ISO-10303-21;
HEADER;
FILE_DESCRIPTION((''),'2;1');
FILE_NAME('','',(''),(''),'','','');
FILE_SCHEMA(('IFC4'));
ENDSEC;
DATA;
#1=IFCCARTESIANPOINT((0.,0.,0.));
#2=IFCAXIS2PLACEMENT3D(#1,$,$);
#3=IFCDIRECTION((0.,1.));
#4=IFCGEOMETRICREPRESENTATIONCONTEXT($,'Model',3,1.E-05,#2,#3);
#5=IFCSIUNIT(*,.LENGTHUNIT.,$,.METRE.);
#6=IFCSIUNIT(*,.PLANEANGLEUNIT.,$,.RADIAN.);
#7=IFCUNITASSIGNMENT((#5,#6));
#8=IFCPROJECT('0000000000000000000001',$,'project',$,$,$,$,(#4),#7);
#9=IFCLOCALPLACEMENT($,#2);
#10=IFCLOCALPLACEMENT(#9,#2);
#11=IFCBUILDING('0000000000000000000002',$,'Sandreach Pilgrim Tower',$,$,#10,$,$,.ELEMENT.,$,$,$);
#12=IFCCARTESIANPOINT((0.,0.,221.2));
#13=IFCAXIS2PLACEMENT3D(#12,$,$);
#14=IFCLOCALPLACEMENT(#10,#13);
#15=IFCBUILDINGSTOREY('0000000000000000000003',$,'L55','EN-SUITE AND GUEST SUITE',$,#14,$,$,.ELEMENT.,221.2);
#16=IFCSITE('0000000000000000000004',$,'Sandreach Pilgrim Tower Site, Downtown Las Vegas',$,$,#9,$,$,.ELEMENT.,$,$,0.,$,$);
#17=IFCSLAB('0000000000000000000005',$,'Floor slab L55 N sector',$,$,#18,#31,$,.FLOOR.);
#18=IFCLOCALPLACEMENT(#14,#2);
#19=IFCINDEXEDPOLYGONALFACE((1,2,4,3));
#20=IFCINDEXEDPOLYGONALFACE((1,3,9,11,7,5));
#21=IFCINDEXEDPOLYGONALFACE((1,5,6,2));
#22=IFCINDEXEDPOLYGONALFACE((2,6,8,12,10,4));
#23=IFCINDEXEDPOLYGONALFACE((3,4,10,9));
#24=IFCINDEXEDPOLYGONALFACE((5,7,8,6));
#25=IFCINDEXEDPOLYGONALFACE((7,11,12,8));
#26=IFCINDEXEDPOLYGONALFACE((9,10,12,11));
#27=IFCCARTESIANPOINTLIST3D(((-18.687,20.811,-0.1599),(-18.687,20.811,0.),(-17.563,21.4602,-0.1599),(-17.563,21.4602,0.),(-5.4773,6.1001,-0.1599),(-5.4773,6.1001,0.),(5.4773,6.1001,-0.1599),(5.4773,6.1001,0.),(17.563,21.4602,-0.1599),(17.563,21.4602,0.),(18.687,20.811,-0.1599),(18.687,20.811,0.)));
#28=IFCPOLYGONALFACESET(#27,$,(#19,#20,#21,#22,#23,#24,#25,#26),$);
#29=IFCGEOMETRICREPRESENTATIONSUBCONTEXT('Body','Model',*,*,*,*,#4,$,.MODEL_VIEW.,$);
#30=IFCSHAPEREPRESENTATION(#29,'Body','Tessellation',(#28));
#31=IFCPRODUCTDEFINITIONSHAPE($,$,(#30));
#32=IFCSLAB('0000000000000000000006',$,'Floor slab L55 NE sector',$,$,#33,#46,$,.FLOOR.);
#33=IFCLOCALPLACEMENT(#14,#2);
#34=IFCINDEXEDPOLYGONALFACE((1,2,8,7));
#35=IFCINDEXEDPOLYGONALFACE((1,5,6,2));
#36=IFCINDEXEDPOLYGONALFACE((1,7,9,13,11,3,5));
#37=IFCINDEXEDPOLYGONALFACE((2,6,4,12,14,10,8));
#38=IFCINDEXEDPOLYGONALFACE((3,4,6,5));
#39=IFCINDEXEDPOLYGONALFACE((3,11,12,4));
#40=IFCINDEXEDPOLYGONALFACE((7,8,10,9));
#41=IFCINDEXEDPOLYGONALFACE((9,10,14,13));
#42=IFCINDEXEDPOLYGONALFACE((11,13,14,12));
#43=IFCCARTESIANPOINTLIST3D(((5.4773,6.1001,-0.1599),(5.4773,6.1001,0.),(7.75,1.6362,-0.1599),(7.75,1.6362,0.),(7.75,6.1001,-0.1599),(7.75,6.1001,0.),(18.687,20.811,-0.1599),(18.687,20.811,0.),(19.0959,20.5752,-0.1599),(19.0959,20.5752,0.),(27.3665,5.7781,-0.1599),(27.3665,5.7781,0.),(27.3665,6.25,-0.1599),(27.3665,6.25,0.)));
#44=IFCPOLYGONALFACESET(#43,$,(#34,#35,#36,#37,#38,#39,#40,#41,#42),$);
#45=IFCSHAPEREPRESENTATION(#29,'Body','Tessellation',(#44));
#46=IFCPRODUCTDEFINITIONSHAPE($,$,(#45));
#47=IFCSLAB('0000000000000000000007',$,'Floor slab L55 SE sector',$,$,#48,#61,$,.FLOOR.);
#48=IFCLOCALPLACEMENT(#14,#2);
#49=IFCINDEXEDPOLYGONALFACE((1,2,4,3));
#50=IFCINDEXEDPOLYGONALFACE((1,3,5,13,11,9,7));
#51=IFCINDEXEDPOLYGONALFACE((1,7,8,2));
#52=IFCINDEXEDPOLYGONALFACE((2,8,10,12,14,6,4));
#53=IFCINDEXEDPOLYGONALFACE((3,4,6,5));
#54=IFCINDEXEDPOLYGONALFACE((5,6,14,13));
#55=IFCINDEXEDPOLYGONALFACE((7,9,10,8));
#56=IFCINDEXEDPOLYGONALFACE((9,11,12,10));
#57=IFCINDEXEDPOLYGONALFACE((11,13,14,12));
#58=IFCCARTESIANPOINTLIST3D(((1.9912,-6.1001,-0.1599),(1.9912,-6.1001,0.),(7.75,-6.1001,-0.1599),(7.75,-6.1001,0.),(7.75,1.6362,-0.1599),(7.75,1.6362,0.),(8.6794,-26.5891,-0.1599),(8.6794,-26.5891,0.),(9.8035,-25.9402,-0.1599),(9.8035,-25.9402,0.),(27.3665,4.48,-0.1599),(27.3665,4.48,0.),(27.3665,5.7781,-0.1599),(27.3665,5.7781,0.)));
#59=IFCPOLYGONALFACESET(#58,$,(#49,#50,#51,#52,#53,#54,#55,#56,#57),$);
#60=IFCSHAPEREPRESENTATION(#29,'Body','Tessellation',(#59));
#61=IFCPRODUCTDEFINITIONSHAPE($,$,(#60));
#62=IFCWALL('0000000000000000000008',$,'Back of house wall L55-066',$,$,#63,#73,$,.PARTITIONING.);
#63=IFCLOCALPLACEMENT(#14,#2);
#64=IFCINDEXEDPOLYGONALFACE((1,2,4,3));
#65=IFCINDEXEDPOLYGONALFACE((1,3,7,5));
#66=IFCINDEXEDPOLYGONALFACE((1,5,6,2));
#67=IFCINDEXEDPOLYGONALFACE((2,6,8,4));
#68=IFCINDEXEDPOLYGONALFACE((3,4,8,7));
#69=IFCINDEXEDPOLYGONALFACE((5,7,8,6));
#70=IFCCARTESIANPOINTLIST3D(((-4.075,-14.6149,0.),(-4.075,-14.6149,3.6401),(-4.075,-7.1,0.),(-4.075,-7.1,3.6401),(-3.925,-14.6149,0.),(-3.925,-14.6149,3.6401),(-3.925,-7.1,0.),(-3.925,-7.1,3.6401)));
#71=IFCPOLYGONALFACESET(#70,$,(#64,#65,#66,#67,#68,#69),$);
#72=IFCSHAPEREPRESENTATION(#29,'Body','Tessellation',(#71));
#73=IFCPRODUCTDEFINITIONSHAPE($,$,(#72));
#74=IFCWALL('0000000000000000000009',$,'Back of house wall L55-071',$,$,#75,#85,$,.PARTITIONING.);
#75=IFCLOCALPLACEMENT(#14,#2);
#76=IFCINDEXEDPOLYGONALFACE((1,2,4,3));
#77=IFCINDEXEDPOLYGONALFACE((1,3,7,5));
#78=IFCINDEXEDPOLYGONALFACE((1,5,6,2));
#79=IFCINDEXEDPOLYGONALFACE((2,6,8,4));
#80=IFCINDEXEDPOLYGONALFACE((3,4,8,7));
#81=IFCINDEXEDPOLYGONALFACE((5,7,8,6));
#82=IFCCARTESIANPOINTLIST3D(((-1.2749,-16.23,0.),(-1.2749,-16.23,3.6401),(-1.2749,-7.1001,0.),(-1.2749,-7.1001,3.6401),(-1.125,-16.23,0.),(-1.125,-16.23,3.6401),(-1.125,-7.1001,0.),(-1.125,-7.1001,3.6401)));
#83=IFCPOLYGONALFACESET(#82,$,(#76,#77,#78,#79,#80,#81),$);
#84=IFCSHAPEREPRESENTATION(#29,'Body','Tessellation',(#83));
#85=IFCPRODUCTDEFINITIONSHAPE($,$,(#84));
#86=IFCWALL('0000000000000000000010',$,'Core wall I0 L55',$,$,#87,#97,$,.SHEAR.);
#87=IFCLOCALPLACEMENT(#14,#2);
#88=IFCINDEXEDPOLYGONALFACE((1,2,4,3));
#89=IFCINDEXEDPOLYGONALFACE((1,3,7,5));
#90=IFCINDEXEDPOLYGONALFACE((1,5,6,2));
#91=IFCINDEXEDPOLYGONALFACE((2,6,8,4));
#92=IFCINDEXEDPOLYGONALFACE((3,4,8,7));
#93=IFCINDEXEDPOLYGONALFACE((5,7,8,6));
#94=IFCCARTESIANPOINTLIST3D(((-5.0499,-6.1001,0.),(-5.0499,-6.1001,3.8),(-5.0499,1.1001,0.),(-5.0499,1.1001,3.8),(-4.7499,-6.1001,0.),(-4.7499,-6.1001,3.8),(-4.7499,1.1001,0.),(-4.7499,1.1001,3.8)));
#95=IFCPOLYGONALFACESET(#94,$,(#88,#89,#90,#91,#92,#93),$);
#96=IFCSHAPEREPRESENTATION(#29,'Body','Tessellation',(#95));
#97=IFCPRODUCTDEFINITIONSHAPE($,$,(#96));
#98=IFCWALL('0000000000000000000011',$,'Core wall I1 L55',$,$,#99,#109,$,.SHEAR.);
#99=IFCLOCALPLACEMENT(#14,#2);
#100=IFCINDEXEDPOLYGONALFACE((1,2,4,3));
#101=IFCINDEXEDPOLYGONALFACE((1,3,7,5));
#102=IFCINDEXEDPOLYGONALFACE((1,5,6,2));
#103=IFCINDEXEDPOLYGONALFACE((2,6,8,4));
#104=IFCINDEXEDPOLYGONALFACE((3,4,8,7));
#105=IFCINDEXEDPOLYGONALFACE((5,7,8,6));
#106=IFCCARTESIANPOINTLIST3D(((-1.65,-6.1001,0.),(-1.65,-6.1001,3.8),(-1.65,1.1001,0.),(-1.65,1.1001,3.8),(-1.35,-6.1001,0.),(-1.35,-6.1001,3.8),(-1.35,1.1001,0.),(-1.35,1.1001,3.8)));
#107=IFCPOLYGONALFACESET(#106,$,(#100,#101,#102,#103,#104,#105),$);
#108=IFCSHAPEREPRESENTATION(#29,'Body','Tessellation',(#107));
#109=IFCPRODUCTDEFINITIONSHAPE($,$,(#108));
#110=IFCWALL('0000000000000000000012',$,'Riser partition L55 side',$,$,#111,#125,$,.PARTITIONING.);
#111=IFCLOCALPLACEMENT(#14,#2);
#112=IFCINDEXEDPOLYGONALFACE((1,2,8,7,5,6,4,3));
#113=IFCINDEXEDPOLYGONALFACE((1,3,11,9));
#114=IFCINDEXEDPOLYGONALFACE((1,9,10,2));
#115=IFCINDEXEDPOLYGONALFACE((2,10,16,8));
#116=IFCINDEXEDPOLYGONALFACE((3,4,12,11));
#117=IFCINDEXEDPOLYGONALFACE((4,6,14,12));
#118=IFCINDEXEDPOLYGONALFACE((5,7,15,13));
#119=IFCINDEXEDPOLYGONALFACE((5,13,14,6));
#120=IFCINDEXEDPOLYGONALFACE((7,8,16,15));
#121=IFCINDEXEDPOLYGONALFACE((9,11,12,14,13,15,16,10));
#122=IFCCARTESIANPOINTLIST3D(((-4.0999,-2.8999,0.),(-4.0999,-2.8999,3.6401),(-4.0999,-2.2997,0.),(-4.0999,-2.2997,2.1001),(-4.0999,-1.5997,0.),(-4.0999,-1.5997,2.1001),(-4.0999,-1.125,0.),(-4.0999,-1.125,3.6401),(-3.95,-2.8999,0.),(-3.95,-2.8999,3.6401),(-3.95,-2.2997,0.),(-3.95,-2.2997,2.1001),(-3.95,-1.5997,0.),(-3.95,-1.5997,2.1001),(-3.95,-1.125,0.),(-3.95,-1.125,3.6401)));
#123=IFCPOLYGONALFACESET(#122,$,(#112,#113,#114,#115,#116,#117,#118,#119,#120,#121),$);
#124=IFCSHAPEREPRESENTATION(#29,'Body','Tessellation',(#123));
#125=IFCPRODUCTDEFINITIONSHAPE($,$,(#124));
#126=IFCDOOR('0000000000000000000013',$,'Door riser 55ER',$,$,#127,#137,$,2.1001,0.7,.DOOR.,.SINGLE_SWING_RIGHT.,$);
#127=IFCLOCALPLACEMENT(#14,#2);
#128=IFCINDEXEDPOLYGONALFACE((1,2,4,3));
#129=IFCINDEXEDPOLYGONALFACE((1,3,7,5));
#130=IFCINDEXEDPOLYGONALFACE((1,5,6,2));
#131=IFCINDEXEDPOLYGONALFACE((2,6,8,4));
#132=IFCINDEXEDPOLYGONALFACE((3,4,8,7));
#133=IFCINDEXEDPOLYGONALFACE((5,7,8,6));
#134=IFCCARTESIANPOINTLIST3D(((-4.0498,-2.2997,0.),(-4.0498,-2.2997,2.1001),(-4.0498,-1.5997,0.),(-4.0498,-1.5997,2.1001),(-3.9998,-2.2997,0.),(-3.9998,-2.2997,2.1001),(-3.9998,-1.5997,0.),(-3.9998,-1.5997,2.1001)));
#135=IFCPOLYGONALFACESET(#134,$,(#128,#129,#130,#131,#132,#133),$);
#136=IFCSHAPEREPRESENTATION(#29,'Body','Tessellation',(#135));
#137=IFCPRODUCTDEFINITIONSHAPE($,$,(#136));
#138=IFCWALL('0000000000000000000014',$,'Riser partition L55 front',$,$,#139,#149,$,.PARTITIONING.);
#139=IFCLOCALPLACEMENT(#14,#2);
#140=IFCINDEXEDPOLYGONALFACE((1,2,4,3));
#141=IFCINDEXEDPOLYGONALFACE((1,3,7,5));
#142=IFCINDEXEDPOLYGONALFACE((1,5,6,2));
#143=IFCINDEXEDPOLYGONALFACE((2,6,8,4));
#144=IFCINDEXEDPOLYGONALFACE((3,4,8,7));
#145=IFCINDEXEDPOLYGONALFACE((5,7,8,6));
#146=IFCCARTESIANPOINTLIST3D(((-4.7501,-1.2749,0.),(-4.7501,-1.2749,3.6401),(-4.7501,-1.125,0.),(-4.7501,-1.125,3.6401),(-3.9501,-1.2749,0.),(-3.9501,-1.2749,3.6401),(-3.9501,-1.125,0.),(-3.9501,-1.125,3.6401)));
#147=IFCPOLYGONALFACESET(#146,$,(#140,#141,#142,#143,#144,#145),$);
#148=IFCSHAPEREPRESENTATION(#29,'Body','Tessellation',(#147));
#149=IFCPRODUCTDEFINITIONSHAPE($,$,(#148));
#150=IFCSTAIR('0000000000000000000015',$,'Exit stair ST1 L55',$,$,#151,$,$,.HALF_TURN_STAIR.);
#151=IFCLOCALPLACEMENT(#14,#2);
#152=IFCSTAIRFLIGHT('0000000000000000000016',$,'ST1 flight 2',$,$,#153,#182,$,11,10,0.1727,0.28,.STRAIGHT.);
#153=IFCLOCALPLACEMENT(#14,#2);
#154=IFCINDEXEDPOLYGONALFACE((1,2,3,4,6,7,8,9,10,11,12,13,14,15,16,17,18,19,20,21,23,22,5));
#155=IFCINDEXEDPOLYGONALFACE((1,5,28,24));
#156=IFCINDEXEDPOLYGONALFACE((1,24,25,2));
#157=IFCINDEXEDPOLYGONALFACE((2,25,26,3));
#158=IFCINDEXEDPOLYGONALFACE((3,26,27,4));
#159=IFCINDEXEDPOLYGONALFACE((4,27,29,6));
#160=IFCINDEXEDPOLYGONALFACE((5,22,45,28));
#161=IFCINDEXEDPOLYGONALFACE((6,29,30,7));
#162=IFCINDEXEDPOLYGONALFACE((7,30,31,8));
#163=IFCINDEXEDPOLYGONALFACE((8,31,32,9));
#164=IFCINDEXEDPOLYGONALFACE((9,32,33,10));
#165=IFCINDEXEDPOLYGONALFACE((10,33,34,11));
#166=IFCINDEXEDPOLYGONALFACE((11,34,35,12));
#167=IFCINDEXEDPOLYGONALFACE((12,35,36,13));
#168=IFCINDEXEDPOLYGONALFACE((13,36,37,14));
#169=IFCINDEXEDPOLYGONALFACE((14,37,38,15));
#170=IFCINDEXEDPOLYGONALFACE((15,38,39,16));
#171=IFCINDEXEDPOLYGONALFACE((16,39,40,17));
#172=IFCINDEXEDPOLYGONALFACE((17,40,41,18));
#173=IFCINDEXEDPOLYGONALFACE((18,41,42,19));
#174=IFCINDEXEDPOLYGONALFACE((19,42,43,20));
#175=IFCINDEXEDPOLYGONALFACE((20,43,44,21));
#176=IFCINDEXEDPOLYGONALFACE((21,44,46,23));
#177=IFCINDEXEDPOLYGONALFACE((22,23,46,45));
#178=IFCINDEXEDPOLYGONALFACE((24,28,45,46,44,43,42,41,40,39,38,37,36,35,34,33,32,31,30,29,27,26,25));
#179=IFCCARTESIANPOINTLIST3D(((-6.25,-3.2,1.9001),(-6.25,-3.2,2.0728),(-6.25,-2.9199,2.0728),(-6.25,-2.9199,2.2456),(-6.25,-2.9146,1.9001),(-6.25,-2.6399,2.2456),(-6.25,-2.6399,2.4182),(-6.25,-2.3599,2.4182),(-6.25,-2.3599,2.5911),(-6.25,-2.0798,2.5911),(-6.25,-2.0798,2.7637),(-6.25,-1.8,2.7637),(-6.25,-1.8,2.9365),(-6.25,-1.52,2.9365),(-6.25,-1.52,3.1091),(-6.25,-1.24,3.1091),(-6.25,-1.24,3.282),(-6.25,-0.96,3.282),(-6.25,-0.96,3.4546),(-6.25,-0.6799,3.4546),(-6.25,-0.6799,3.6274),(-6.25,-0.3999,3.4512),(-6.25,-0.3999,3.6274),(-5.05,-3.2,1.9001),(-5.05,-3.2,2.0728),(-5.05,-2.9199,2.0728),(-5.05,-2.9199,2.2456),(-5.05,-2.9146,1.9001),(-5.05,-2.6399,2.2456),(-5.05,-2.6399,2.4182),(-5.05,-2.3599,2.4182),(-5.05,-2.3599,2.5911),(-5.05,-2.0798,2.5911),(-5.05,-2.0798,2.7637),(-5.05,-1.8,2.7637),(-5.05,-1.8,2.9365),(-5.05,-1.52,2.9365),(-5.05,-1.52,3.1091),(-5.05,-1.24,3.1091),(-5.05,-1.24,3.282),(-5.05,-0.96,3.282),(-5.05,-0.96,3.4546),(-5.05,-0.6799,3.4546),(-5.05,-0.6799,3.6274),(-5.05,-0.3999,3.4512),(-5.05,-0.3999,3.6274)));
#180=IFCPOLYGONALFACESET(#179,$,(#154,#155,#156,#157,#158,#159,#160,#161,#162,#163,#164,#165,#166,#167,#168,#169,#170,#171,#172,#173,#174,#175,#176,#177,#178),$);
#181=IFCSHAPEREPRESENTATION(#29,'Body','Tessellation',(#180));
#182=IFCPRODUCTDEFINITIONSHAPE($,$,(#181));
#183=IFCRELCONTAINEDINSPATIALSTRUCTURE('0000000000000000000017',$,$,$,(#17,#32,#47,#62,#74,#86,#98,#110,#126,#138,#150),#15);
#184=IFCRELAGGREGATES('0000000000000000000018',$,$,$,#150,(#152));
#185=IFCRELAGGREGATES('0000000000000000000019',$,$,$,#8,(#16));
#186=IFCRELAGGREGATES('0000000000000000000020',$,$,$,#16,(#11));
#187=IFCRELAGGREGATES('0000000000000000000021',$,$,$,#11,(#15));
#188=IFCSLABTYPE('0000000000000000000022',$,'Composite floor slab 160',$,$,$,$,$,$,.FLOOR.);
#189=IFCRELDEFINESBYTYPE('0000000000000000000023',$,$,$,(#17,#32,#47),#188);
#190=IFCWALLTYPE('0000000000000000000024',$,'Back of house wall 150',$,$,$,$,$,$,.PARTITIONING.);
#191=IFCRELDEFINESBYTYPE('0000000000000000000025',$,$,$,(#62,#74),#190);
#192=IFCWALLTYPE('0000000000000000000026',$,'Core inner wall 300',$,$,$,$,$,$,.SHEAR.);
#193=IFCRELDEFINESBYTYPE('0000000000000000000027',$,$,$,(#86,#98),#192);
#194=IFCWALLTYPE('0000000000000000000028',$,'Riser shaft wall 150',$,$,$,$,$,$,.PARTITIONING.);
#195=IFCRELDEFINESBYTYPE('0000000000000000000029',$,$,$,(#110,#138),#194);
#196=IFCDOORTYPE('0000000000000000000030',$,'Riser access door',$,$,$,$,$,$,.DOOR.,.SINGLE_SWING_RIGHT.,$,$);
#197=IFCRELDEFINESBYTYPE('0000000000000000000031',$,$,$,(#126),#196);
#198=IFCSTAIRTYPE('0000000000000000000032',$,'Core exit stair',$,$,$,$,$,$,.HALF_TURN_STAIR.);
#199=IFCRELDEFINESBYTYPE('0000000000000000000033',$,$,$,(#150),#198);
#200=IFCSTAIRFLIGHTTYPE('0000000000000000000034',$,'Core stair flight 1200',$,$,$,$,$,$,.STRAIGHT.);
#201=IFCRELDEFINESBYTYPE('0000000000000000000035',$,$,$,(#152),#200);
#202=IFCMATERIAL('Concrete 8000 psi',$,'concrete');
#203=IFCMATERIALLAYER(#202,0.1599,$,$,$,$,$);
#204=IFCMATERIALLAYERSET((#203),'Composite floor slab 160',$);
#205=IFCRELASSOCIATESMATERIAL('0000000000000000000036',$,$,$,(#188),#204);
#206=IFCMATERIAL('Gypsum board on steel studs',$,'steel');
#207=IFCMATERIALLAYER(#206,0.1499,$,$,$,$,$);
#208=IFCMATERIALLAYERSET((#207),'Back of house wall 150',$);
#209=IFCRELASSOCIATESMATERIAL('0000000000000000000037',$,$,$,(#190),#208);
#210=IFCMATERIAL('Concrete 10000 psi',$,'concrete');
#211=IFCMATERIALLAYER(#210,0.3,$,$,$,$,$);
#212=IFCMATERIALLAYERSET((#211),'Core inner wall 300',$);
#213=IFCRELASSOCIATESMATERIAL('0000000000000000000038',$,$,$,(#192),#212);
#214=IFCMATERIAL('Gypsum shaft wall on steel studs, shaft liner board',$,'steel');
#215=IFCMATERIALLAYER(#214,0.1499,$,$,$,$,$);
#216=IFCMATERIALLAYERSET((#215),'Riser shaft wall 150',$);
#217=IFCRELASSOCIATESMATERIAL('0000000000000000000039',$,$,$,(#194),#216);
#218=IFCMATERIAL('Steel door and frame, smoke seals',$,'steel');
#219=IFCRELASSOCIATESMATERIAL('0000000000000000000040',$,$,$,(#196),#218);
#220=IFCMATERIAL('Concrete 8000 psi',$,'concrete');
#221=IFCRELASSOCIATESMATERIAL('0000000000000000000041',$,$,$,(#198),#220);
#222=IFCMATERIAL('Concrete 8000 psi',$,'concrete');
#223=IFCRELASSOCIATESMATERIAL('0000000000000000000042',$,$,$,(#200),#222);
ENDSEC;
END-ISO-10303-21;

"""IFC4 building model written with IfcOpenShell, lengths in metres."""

from ifc_helpers import new_model, si_unit, direction, frame, frame_2d, origin, place, context, subcontext, project, spatial, polyline, rectangle, outline, extrude, material, layer, layer_set, type_object, element, fill, aggregate, save


model = new_model("IFC4")

# Units and contexts
model_context = context("Model", 3, precision=1e-05, world=origin(), true_north=direction((0.0, 1.0)))
body_context = subcontext(model_context, "Body", "Model", "MODEL_VIEW")
ifc_project = project(units=[si_unit("LENGTHUNIT", "METRE"), si_unit("PLANEANGLEUNIT", "RADIAN")], contexts=[model_context])

# Site, building, storey
site_placement = place(None, origin())
site = spatial("IfcSite", under=ifc_project, at=site_placement, Name="Sandreach Pilgrim Tower Site, Downtown Las Vegas", CompositionType="ELEMENT", RefElevation=0.0)
building_placement = place(site_placement, origin())
building = spatial("IfcBuilding", under=site, at=building_placement, Name="Sandreach Pilgrim Tower", CompositionType="ELEMENT")
storey_placement = place(building_placement, frame((0.0, 0.0, 221.2)))
storey = spatial("IfcBuildingStorey", under=building, at=storey_placement, Name="L55", Description="EN-SUITE AND GUEST SUITE", CompositionType="ELEMENT", Elevation=221.2)

# Slabs
ifc_material_1 = material(Name="Concrete 8000 psi", Category="concrete")
ifc_layer_1 = layer(ifc_material_1, 0.1599)
ifc_layer_set_1 = layer_set([ifc_layer_1], Name="Composite floor slab 160")
slab_type = type_object("IfcSlabType", Name="Composite floor slab 160", PredefinedType="FLOOR", material=ifc_layer_set_1)
slab_1_placement = place(storey_placement, frame((0.0, 0.0, -0.1599)))
element("IfcSlab", 1, at=slab_1_placement, inside=storey, type_object=slab_type, Name="Floor slab L55 N sector", PredefinedType="FLOOR", context=body_context, shape_type="SweptSolid", body=[
    extrude(outline(polyline([(-17.563, 21.4602), (17.563, 21.4602), (18.687, 20.811), (5.4773, 6.1001), (-5.4773, 6.1001), (-18.687, 20.811), (-17.563, 21.4602)])), origin(), (0.0, 0.0, 1.0), 0.1599),
])
slab_2_placement = place(storey_placement, frame((0.0, 0.0, -0.1599)))
element("IfcSlab", 2, at=slab_2_placement, inside=storey, type_object=slab_type, Name="Floor slab L55 NE sector", PredefinedType="FLOOR", context=body_context, shape_type="SweptSolid", body=[
    extrude(outline(polyline([(19.0959, 20.5752), (27.3665, 6.25), (27.3665, 5.7781), (7.75, 1.6362), (7.75, 6.1001), (5.4773, 6.1001), (18.687, 20.811), (19.0959, 20.5752)])), origin(), (0.0, 0.0, 1.0), 0.1599),
])
slab_3_placement = place(storey_placement, frame((0.0, 0.0, -0.1599)))
element("IfcSlab", 3, at=slab_3_placement, inside=storey, type_object=slab_type, Name="Floor slab L55 SE sector", PredefinedType="FLOOR", context=body_context, shape_type="SweptSolid", body=[
    extrude(outline(polyline([(27.3665, 4.48), (9.8035, -25.9402), (8.6794, -26.5891), (1.9912, -6.1001), (7.75, -6.1001), (7.75, 1.6362), (27.3665, 5.7781), (27.3665, 4.48)])), origin(), (0.0, 0.0, 1.0), 0.1599),
])

# Walls
ifc_material_2 = material(Name="Gypsum board on steel studs", Category="steel")
ifc_layer_2 = layer(ifc_material_2, 0.1499)
ifc_layer_set_2 = layer_set([ifc_layer_2], Name="Back of house wall 150")
wall_type_1 = type_object("IfcWallType", Name="Back of house wall 150", PredefinedType="PARTITIONING", material=ifc_layer_set_2)
wall_1_placement = place(storey_placement, frame((-4.0, -7.1001, 0.0), z_axis=(0.0, 0.0, 1.0), x_axis=(0.0, -1.0, 0.0)))
element("IfcWall", 4, at=wall_1_placement, inside=storey, type_object=wall_type_1, Name="Back of house wall L55-066", PredefinedType="PARTITIONING", context=body_context, shape_type="SweptSolid", body=[
    extrude(rectangle(XDim=7.5149, YDim=0.1499, at=frame_2d((3.7573, 0.0))), origin(), (0.0, 0.0, 1.0), 3.6401),
])
wall_2_placement = place(storey_placement, frame((-1.2, -7.1001, 0.0), z_axis=(0.0, 0.0, 1.0), x_axis=(0.0, -1.0, 0.0)))
element("IfcWall", 5, at=wall_2_placement, inside=storey, type_object=wall_type_1, Name="Back of house wall L55-071", PredefinedType="PARTITIONING", context=body_context, shape_type="SweptSolid", body=[
    extrude(rectangle(XDim=9.1299, YDim=0.1499, at=frame_2d((4.5649, 0.0))), origin(), (0.0, 0.0, 1.0), 3.6401),
])
ifc_material_3 = material(Name="Concrete 10000 psi", Category="concrete")
ifc_layer_3 = layer(ifc_material_3, 0.3)
ifc_layer_set_3 = layer_set([ifc_layer_3], Name="Core inner wall 300")
wall_type_2 = type_object("IfcWallType", Name="Core inner wall 300", PredefinedType="SHEAR", material=ifc_layer_set_3)
for number, where, z_axis, x_axis, name in (
    (6, (-4.8999, -6.1001, 0.0), (0.0, 0.0, 1.0), (0.0, 1.0, 0.0), "Core wall I0 L55"),
    (7, (-1.5, -6.1001, 0.0), (0.0, 0.0, 1.0), (0.0, 1.0, 0.0), "Core wall I1 L55"),
):
    element("IfcWall", number, at=place(storey_placement, frame(where, z_axis=z_axis, x_axis=x_axis)), inside=storey, type_object=wall_type_2, Name=name, PredefinedType="SHEAR", context=body_context, shape_type="SweptSolid", body=[
        extrude(rectangle(XDim=7.2002, YDim=0.3, at=frame_2d((3.6001, 0.0))), origin(), (0.0, 0.0, 1.0), 3.8),
    ])

# Wall, opening, door
ifc_material_4 = material(Name="Gypsum shaft wall on steel studs, shaft liner board", Category="steel")
ifc_layer_4 = layer(ifc_material_4, 0.1499)
ifc_layer_set_4 = layer_set([ifc_layer_4], Name="Riser shaft wall 150")
wall_type_3 = type_object("IfcWallType", Name="Riser shaft wall 150", PredefinedType="PARTITIONING", material=ifc_layer_set_4)
wall_3_placement = place(storey_placement, frame((-4.0249, -2.8999, 0.0), z_axis=(0.0, 0.0, 1.0), x_axis=(0.0, 1.0, 0.0)))
wall_3 = element("IfcWall", 8, at=wall_3_placement, inside=storey, type_object=wall_type_3, Name="Riser partition L55 side", PredefinedType="PARTITIONING", context=body_context, shape_type="SweptSolid", body=[
    extrude(rectangle(XDim=1.7749, YDim=0.1499, at=frame_2d((0.8875, 0.0))), origin(), (0.0, 0.0, 1.0), 3.6401),
])
opening_1_placement = place(wall_3_placement, frame((0.6001, 0.0, 0.0)))
opening_1 = element("IfcOpeningElement", 9, at=opening_1_placement, cuts=wall_3, PredefinedType="OPENING", context=body_context, shape_type="SweptSolid", body=[
    extrude(rectangle(XDim=0.7, YDim=2.1001, at=frame_2d((0.3501, 1.05))), frame((0.0, 0.075, 0.0), z_axis=(0.0, -1.0, 0.0), x_axis=(1.0, 0.0, 0.0)), (0.0, 0.0, 1.0), 0.1499),
])
ifc_material_5 = material(Name="Steel door and frame, smoke seals", Category="steel")
door_type_1 = type_object("IfcDoorType", Name="Riser access door", OperationType="SINGLE_SWING_RIGHT", PredefinedType="DOOR", material=ifc_material_5)
door_1_placement = place(opening_1_placement, origin())
door_1 = element("IfcDoor", 10, at=door_1_placement, inside=storey, type_object=door_type_1, Name="Door riser 55ER", OperationType="SINGLE_SWING_RIGHT", OverallHeight=2.1001, OverallWidth=0.7, PredefinedType="DOOR", context=body_context, shape_type="SweptSolid", body=[
    extrude(rectangle(XDim=0.7, YDim=2.1001, at=frame_2d((0.3501, 1.05))), frame((0.0, 0.0249, 0.0), z_axis=(0.0, -1.0, 0.0), x_axis=(1.0, 0.0, 0.0)), (0.0, 0.0, 1.0), 0.05),
])
fill(opening_1, door_1)

# Wall
wall_4_placement = place(storey_placement, frame((-4.75, -1.2, 0.0), z_axis=(0.0, 0.0, 1.0), x_axis=(1.0, 0.0, 0.0)))
element("IfcWall", 11, at=wall_4_placement, inside=storey, type_object=wall_type_3, Name="Riser partition L55 front", PredefinedType="PARTITIONING", context=body_context, shape_type="SweptSolid", body=[
    extrude(rectangle(XDim=0.8, YDim=0.1499, at=frame_2d((0.3999, 0.0))), origin(), (0.0, 0.0, 1.0), 3.6401),
])

# Stair, stair flight
ifc_material_6 = material(Name="Concrete 8000 psi", Category="concrete")
stair_type = type_object("IfcStairType", Name="Core exit stair", PredefinedType="HALF_TURN_STAIR", material=ifc_material_6)
stair_1_placement = place(storey_placement, origin())
stair_1 = element("IfcStair", 12, at=stair_1_placement, inside=storey, type_object=stair_type, Name="Exit stair ST1 L55", PredefinedType="HALF_TURN_STAIR")
ifc_material_7 = material(Name="Concrete 8000 psi", Category="concrete")
stair_flight_type = type_object("IfcStairFlightType", Name="Core stair flight 1200", PredefinedType="STRAIGHT", material=ifc_material_7)
stair_flight_1_placement = place(storey_placement, frame((-5.6499, -3.2, 1.9001), z_axis=(0.0, 0.0, 1.0), x_axis=(0.0, 1.0, 0.0)))
stair_flight_1 = element("IfcStairFlight", 13, at=stair_flight_1_placement, type_object=stair_flight_type, Name="ST1 flight 2", NumberOfRisers=11, NumberOfTreads=10, PredefinedType="STRAIGHT", RiserHeight=0.1727, TreadLength=0.28, context=body_context, shape_type="SweptSolid", body=[
    extrude(outline(polyline([(0.0, 0.0), (0.0, 0.1726), (0.28, 0.1726), (0.28, 0.3455), (0.5601, 0.3455), (0.5601, 0.5181), (0.8401, 0.5181), (0.8401, 0.6909), (1.1201, 0.6909), (1.1201, 0.8635), (1.3999, 0.8635), (1.3999, 1.0364), (1.6799, 1.0364), (1.6799, 1.209), (1.96, 1.209), (1.96, 1.3818), (2.24, 1.3818), (2.24, 1.5544), (2.52, 1.5544), (2.52, 1.7273), (2.8, 1.7273), (2.8, 1.8999), (2.8, 1.551), (0.2854, 0.0), (0.0, 0.0)])), frame((0.0, 0.6001, 0.0), z_axis=(0.0, -1.0, 0.0), x_axis=(1.0, 0.0, 0.0)), (0.0, 0.0, 1.0), 1.2),
])
aggregate(stair_1, [stair_flight_1])

save(model, "model.ifc")
